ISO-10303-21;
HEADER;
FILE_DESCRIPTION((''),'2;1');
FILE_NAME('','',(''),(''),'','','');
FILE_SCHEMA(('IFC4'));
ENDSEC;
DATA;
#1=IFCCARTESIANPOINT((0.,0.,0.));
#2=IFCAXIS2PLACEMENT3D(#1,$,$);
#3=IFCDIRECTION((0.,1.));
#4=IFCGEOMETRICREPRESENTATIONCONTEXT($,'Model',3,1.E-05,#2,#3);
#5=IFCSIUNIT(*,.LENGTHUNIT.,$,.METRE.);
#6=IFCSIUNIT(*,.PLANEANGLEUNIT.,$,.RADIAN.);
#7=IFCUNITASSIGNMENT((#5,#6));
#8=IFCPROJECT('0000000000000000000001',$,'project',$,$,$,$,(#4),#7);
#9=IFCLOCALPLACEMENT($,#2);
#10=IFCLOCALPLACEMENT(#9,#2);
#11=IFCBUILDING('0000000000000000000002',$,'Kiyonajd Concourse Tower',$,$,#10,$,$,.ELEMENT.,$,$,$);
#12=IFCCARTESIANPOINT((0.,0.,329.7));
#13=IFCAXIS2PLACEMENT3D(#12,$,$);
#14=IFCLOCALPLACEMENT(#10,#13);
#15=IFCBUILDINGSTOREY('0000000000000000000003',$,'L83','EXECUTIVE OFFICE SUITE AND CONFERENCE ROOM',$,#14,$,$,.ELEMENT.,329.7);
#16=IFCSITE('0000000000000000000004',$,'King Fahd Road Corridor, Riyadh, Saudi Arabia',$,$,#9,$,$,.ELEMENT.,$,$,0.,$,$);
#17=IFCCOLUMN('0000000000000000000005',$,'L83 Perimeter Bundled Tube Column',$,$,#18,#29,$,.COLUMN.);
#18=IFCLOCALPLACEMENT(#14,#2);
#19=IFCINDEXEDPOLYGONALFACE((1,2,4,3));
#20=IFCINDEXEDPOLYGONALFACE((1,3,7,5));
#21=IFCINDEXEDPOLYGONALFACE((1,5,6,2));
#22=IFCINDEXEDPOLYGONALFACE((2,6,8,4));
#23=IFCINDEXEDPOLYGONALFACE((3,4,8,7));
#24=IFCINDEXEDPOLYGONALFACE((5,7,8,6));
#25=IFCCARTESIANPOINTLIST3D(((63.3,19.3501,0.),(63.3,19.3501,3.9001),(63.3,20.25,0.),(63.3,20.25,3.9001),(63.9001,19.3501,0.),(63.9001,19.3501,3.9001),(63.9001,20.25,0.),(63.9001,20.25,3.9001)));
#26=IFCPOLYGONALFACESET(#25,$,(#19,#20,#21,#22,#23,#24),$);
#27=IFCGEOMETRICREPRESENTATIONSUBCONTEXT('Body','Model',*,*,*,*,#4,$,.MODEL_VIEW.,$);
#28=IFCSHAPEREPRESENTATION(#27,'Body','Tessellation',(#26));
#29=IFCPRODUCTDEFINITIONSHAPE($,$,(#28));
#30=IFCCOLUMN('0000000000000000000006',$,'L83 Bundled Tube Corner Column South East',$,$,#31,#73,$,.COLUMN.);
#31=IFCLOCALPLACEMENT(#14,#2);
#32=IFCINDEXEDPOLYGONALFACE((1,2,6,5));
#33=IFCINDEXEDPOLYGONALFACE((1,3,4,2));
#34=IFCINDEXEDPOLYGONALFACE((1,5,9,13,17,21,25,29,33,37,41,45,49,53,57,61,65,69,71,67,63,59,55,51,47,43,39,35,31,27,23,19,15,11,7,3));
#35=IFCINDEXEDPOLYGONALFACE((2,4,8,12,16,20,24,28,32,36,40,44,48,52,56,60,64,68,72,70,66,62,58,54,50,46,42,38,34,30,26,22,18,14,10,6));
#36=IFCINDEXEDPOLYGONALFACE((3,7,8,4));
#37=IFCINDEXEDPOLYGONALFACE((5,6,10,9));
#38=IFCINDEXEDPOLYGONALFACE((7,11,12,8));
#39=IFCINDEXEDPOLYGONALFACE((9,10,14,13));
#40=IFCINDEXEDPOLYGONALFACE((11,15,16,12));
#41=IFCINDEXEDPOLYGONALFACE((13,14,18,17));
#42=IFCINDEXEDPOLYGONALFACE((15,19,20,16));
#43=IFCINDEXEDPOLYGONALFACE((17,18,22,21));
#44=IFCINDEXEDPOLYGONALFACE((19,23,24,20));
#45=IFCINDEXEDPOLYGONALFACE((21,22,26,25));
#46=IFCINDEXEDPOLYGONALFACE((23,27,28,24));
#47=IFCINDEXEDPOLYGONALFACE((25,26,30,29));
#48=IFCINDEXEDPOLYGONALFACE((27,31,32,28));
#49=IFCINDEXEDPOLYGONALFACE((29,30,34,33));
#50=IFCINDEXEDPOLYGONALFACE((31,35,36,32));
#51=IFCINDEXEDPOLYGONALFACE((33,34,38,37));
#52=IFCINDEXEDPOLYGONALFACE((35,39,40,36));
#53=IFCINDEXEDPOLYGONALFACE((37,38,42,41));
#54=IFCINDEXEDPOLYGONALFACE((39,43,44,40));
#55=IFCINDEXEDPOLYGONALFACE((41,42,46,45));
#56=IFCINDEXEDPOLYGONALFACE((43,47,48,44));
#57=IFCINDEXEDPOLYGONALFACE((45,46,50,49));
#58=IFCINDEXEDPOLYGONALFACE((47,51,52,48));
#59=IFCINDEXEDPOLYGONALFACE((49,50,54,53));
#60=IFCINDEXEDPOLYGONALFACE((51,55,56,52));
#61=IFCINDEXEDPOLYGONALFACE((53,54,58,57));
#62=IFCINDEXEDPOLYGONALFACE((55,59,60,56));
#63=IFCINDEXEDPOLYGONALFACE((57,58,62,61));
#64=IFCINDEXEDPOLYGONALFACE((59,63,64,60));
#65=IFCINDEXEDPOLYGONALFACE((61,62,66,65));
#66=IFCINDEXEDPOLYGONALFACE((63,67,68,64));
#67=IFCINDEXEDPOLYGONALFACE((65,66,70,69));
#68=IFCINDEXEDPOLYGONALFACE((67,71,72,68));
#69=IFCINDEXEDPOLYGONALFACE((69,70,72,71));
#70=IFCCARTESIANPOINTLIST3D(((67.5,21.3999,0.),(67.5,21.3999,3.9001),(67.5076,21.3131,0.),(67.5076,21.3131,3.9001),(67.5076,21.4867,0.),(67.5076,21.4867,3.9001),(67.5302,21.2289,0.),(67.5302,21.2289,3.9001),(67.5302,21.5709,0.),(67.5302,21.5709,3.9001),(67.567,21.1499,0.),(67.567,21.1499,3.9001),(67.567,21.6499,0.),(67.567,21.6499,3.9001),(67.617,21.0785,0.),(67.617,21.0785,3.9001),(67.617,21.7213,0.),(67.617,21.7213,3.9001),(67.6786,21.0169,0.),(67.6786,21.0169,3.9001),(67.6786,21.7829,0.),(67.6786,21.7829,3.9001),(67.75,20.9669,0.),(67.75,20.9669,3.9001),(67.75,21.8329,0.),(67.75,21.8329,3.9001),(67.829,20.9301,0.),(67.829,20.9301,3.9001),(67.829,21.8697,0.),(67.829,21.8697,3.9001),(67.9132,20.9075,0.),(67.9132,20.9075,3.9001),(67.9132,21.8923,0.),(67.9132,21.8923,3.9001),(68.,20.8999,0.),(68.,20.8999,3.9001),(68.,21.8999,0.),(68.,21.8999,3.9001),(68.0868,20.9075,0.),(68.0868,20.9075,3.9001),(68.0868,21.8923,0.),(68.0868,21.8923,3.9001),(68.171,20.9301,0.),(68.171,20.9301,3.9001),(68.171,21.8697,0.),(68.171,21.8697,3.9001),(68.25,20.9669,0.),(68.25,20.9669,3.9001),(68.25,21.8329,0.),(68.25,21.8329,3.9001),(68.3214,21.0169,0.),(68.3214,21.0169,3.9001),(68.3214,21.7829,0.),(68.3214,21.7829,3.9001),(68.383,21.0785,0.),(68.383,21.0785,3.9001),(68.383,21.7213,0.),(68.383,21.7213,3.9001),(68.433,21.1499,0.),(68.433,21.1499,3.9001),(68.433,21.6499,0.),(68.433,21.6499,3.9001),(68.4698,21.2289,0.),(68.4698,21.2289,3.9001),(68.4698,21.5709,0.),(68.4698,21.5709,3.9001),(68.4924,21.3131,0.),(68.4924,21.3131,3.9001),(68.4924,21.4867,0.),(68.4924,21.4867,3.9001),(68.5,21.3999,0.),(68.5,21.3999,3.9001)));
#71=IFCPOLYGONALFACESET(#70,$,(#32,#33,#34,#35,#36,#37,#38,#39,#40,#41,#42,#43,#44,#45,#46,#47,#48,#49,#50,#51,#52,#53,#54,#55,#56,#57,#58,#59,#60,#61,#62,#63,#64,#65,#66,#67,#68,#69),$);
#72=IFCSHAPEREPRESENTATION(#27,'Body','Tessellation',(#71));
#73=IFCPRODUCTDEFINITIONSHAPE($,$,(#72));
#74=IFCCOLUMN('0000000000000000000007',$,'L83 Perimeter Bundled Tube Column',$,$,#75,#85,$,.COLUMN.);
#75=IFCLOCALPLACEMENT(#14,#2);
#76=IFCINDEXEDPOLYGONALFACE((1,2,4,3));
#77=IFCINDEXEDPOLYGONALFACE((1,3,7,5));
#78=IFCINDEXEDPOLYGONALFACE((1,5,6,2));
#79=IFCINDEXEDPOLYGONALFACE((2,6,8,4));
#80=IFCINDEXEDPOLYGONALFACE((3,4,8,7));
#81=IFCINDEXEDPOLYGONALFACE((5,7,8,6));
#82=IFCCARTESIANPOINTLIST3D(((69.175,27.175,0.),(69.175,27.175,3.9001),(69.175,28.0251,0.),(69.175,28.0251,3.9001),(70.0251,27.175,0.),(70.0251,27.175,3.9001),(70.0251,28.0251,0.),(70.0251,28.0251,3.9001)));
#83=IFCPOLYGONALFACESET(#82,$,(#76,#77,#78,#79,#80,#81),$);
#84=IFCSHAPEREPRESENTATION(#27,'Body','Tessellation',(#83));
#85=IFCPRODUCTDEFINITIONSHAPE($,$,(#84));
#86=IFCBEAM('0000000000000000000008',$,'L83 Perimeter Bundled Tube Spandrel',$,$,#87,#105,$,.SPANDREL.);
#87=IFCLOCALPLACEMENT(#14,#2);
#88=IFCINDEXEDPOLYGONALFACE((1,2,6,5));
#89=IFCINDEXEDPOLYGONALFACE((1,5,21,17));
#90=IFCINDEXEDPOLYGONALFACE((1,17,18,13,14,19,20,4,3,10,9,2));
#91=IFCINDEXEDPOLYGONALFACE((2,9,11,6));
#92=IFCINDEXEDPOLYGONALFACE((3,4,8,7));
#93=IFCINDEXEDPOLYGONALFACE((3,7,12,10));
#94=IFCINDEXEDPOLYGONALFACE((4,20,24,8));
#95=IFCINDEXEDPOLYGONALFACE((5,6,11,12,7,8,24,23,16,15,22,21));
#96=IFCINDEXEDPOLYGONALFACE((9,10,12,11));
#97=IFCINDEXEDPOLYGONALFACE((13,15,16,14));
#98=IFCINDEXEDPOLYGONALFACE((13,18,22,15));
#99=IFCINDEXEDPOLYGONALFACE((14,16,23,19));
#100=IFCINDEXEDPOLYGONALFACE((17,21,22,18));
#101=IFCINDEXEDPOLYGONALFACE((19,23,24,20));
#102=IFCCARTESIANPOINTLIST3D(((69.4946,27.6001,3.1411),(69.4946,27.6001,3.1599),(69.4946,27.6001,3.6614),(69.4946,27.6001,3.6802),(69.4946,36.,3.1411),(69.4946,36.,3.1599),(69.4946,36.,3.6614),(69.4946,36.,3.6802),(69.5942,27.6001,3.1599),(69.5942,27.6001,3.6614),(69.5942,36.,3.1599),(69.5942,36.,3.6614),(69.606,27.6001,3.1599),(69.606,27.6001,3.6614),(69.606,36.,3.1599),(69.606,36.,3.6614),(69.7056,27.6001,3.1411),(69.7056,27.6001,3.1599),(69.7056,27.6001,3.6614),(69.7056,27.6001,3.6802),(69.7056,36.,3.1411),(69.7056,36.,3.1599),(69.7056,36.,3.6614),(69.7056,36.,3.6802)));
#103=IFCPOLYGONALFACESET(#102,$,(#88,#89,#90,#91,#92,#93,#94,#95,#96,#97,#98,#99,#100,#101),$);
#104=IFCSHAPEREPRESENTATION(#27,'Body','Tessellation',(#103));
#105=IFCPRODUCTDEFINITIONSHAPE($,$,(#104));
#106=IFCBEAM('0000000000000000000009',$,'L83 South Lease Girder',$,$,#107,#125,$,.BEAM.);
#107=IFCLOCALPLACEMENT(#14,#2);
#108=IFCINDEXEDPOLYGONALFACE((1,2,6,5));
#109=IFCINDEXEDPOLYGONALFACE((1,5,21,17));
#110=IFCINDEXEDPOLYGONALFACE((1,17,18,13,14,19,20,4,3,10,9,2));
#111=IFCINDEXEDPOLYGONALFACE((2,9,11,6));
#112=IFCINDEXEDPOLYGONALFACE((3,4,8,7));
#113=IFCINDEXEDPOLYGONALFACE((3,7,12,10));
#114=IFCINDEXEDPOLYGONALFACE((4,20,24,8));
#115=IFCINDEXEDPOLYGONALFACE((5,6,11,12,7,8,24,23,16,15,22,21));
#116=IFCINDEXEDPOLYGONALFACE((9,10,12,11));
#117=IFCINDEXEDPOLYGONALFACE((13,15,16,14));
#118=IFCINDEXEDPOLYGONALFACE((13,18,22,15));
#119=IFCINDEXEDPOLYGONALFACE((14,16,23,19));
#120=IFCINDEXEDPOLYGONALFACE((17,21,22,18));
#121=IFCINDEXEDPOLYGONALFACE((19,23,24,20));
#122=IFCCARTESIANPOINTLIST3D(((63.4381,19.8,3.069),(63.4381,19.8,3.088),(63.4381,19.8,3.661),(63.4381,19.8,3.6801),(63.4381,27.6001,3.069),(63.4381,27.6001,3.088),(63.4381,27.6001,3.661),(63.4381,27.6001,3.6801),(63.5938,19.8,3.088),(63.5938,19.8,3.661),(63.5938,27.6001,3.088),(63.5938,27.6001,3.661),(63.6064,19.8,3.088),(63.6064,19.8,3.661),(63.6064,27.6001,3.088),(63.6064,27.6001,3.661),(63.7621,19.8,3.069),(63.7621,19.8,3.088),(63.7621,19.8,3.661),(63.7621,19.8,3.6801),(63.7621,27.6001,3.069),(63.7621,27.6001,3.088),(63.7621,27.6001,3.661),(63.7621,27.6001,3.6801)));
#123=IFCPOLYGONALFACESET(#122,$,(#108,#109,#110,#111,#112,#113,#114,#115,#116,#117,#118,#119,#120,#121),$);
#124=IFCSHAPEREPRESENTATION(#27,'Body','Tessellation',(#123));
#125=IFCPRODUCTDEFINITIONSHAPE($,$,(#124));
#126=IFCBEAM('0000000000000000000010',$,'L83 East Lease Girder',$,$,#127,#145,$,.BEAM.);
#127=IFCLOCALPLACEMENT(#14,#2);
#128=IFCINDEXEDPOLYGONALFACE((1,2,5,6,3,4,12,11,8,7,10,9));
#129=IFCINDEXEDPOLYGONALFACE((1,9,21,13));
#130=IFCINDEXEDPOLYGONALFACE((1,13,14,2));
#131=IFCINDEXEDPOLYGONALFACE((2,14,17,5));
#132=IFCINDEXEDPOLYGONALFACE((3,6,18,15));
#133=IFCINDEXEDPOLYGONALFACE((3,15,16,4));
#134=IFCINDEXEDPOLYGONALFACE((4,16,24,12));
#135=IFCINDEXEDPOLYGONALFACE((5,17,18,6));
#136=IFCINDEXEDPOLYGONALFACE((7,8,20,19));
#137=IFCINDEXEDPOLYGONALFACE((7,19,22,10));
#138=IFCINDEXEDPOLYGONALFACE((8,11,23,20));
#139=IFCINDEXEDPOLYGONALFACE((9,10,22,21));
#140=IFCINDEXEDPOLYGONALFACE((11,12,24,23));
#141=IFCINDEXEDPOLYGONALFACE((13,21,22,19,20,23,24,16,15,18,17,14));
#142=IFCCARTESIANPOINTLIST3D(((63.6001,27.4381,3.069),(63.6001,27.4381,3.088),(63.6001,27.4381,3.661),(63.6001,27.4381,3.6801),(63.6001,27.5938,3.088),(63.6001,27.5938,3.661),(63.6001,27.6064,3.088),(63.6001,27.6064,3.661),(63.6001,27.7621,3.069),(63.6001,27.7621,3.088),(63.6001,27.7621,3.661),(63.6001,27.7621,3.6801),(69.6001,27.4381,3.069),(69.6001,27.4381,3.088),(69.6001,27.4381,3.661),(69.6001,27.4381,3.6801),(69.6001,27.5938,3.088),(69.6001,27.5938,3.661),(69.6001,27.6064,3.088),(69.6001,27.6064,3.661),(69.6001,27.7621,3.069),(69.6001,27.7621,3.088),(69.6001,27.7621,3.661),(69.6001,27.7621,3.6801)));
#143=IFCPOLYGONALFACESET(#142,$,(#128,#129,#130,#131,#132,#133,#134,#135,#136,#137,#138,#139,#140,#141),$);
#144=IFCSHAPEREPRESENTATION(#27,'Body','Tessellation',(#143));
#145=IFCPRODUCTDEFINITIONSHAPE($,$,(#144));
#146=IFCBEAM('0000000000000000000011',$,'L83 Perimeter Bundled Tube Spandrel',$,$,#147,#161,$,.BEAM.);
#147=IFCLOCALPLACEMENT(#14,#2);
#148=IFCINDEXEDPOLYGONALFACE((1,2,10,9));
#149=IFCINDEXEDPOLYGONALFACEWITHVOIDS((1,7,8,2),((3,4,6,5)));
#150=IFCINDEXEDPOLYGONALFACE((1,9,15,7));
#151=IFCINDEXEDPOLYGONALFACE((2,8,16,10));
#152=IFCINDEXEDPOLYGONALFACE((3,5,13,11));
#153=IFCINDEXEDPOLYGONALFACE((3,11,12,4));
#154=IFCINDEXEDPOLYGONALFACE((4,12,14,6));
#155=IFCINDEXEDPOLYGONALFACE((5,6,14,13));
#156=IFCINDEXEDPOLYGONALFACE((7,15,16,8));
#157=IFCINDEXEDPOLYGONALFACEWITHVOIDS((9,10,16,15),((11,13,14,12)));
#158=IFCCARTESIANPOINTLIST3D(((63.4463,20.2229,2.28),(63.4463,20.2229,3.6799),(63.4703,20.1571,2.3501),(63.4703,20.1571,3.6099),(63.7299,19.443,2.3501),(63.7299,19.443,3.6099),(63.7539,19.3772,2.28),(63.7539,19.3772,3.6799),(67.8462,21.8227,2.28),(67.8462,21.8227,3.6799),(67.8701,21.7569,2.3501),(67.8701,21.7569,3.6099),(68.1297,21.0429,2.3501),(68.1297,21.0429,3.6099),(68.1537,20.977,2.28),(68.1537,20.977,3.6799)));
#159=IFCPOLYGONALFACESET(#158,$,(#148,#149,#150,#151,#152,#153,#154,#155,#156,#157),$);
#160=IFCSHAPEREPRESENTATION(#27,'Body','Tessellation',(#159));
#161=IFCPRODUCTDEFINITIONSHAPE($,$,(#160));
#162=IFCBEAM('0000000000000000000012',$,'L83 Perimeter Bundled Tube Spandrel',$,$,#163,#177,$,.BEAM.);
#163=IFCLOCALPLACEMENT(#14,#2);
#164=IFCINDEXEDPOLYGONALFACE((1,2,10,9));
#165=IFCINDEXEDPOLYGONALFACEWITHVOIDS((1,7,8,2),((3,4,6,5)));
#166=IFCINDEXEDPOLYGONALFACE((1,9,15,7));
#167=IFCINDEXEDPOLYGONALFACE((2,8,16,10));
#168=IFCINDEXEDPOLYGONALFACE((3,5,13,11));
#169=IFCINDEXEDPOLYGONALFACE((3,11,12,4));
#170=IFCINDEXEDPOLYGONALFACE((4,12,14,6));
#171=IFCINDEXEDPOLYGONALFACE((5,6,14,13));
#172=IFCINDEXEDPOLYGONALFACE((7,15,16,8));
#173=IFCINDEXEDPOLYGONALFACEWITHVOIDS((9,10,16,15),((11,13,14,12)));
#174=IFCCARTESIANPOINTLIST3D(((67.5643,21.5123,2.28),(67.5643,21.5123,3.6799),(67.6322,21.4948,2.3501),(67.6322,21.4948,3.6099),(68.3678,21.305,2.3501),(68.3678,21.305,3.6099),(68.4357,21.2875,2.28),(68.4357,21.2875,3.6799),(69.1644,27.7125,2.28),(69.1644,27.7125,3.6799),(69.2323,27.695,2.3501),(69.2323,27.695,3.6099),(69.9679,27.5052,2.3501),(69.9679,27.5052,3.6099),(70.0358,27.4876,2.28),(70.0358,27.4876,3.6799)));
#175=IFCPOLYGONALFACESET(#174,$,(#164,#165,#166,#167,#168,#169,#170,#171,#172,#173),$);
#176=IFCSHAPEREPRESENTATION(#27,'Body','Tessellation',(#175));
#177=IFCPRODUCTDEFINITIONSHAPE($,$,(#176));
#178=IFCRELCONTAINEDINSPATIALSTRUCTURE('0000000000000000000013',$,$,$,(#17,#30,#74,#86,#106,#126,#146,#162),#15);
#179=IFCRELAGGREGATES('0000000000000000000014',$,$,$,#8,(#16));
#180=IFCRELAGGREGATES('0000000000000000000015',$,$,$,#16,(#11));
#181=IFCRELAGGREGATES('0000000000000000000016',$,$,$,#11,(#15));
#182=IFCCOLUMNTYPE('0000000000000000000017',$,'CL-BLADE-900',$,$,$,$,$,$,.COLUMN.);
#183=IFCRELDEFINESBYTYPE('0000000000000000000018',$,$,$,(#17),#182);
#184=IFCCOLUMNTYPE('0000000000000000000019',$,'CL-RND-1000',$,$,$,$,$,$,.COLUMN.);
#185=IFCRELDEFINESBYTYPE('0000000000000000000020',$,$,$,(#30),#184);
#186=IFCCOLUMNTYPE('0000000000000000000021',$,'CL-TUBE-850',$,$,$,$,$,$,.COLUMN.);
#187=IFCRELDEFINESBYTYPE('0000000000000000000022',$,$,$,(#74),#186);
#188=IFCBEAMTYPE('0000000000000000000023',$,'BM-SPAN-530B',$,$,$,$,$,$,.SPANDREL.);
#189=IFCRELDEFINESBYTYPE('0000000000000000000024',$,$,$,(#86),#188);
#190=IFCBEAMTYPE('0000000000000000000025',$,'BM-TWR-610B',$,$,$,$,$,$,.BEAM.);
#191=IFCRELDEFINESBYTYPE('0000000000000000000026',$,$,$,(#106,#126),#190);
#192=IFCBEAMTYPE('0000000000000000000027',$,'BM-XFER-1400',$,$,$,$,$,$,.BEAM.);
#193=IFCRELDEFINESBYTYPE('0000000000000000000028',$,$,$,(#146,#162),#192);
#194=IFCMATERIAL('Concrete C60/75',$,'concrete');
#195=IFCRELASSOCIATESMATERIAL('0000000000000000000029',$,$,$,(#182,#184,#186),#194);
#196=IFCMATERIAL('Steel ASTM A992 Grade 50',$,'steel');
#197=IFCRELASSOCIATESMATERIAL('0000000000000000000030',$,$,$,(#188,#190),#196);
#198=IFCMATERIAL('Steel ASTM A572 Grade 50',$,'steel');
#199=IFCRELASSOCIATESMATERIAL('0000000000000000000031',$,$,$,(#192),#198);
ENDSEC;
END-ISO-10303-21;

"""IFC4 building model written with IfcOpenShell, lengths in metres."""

from ifc_helpers import new_model, si_unit, direction, frame, origin, origin_2d, place, context, subcontext, project, spatial, rectangle, hollow_rectangle, circle, i_section, extrude, material, material_profile, profile_set, type_object, element, save


model = new_model("IFC4")

# Units and contexts
model_context = context("Model", 3, precision=1e-05, world=origin(), true_north=direction((0.0, 1.0)))
body_context = subcontext(model_context, "Body", "Model", "MODEL_VIEW")
ifc_project = project(units=[si_unit("LENGTHUNIT", "METRE"), si_unit("PLANEANGLEUNIT", "RADIAN")], contexts=[model_context])

# Site, building, storey
site_placement = place(None, origin())
site = spatial("IfcSite", under=ifc_project, at=site_placement, Name="King Fahd Road Corridor, Riyadh, Saudi Arabia", CompositionType="ELEMENT", RefElevation=0.0)
building_placement = place(site_placement, origin())
building = spatial("IfcBuilding", under=site, at=building_placement, Name="Kiyonajd Concourse Tower", CompositionType="ELEMENT")
storey_placement = place(building_placement, frame((0.0, 0.0, 329.7)))
storey = spatial("IfcBuildingStorey", under=building, at=storey_placement, Name="L83", Description="EXECUTIVE OFFICE SUITE AND CONFERENCE ROOM", CompositionType="ELEMENT", Elevation=329.7)

# Columns
ifc_material_1 = material(Name="Concrete C60/75", Category="concrete")
ifc_material_profile_1 = material_profile(ifc_material_1, rectangle(XDim=0.6001, YDim=0.8999, at=origin_2d()), Name="RC-900x600")
ifc_profile_set_1 = profile_set([ifc_material_profile_1], Name="Concrete C60/75")
column_type_1 = type_object("IfcColumnType", Name="CL-BLADE-900", PredefinedType="COLUMN", material=ifc_profile_set_1)
column_1_placement = place(storey_placement, frame((63.6001, 19.8, 0.0), z_axis=(0.0, 0.0, 1.0), x_axis=(1.0, 0.0, 0.0)))
element("IfcColumn", 1, at=column_1_placement, inside=storey, type_object=column_type_1, Name="L83 Perimeter Bundled Tube Column", PredefinedType="COLUMN", context=body_context, shape_type="SweptSolid", body=[
    extrude(rectangle(XDim=0.6001, YDim=0.8999, at=origin_2d()), origin(), (0.0, 0.0, 1.0), 3.9001),
])
ifc_material_profile_2 = material_profile(ifc_material_1, circle(Radius=0.5, at=origin_2d()), Name="RCC-D1000")
ifc_profile_set_2 = profile_set([ifc_material_profile_2], Name="Concrete C60/75")
column_type_2 = type_object("IfcColumnType", Name="CL-RND-1000", PredefinedType="COLUMN", material=ifc_profile_set_2)
column_2_placement = place(storey_placement, frame((68.0, 21.3999, 0.0), z_axis=(0.0, 0.0, 1.0), x_axis=(1.0, 0.0, 0.0)))
element("IfcColumn", 2, at=column_2_placement, inside=storey, type_object=column_type_2, Name="L83 Bundled Tube Corner Column South East", PredefinedType="COLUMN", context=body_context, shape_type="SweptSolid", body=[
    extrude(circle(Radius=0.5, at=origin_2d()), origin(), (0.0, 0.0, 1.0), 3.9001),
])
ifc_material_profile_3 = material_profile(ifc_material_1, rectangle(XDim=0.8501, YDim=0.8501, at=origin_2d()), Name="RC-850x850")
ifc_profile_set_3 = profile_set([ifc_material_profile_3], Name="Concrete C60/75")
column_type_3 = type_object("IfcColumnType", Name="CL-TUBE-850", PredefinedType="COLUMN", material=ifc_profile_set_3)
column_3_placement = place(storey_placement, frame((69.6001, 27.6001, 0.0), z_axis=(0.0, 0.0, 1.0), x_axis=(1.0, 0.0, 0.0)))
element("IfcColumn", 3, at=column_3_placement, inside=storey, type_object=column_type_3, Name="L83 Perimeter Bundled Tube Column", PredefinedType="COLUMN", context=body_context, shape_type="SweptSolid", body=[
    extrude(rectangle(XDim=0.8501, YDim=0.8501, at=origin_2d()), origin(), (0.0, 0.0, 1.0), 3.9001),
])

# Beams
ifc_material_2 = material(Name="Steel ASTM A992 Grade 50", Category="steel")
ifc_material_profile_4 = material_profile(ifc_material_2, i_section(OverallWidth=0.2109, OverallDepth=0.5391, WebThickness=0.0117, FlangeThickness=0.0188, at=origin_2d()), Name="W530X109")
ifc_profile_set_4 = profile_set([ifc_material_profile_4], Name="Steel ASTM A992 Grade 50")
beam_type_1 = type_object("IfcBeamType", Name="BM-SPAN-530B", PredefinedType="SPANDREL", material=ifc_profile_set_4)
beam_1_placement = place(storey_placement, frame((69.6001, 27.6001, 3.4106), z_axis=(0.0, 1.0, 0.0), x_axis=(-1.0, 0.0, 0.0)))
element("IfcBeam", 4, at=beam_1_placement, inside=storey, type_object=beam_type_1, Name="L83 Perimeter Bundled Tube Spandrel", PredefinedType="SPANDREL", context=body_context, shape_type="SweptSolid", body=[
    extrude(i_section(OverallWidth=0.2109, OverallDepth=0.5391, WebThickness=0.0117, FlangeThickness=0.0188, at=origin_2d()), origin(), (0.0, 0.0, 1.0), 8.3999),
])
ifc_material_profile_5 = material_profile(ifc_material_2, i_section(OverallWidth=0.324, OverallDepth=0.6111, WebThickness=0.0127, FlangeThickness=0.019, at=origin_2d()), Name="W610X155")
ifc_profile_set_5 = profile_set([ifc_material_profile_5], Name="Steel ASTM A992 Grade 50")
beam_type_2 = type_object("IfcBeamType", Name="BM-TWR-610B", PredefinedType="BEAM", material=ifc_profile_set_5)
beam_2_placement = place(storey_placement, frame((63.6001, 19.8, 3.3745), z_axis=(0.0, 1.0, 0.0), x_axis=(-1.0, 0.0, 0.0)))
element("IfcBeam", 5, at=beam_2_placement, inside=storey, type_object=beam_type_2, Name="L83 South Lease Girder", PredefinedType="BEAM", context=body_context, shape_type="SweptSolid", body=[
    extrude(i_section(OverallWidth=0.324, OverallDepth=0.6111, WebThickness=0.0127, FlangeThickness=0.019, at=origin_2d()), origin(), (0.0, 0.0, 1.0), 7.8),
])
beam_3_placement = place(storey_placement, frame((63.6001, 27.6001, 3.3745), z_axis=(1.0, 0.0, 0.0), x_axis=(0.0, 1.0, 0.0)))
element("IfcBeam", 6, at=beam_3_placement, inside=storey, type_object=beam_type_2, Name="L83 East Lease Girder", PredefinedType="BEAM", context=body_context, shape_type="SweptSolid", body=[
    extrude(i_section(OverallWidth=0.324, OverallDepth=0.6111, WebThickness=0.0127, FlangeThickness=0.019, at=origin_2d()), origin(), (0.0, 0.0, 1.0), 6.0),
])
ifc_material_3 = material(Name="Steel ASTM A572 Grade 50", Category="steel")
ifc_material_profile_6 = material_profile(ifc_material_3, hollow_rectangle(XDim=0.8999, YDim=1.3999, WallThickness=0.0701, at=origin_2d()), Name="BOX-1400x900x70")
ifc_profile_set_6 = profile_set([ifc_material_profile_6], Name="Steel ASTM A572 Grade 50")
beam_type_3 = type_object("IfcBeamType", Name="BM-XFER-1400", PredefinedType="BEAM", material=ifc_profile_set_6)
beam_4_placement = place(storey_placement, frame((63.6001, 19.8, 2.98), z_axis=(0.939801, 0.341722, 0.0), x_axis=(-0.341722, 0.939801, 0.0)))
element("IfcBeam", 7, at=beam_4_placement, inside=storey, type_object=beam_type_3, Name="L83 Perimeter Bundled Tube Spandrel", PredefinedType="BEAM", context=body_context, shape_type="SweptSolid", body=[
    extrude(hollow_rectangle(XDim=0.8999, YDim=1.3999, WallThickness=0.0701, at=origin_2d()), origin(), (0.0, 0.0, 1.0), 4.6816),
])
beam_5_placement = place(storey_placement, frame((68.0, 21.3999, 2.98), z_axis=(0.249885, 0.968276, 0.0), x_axis=(-0.968276, 0.249885, 0.0)))
element("IfcBeam", 8, at=beam_5_placement, inside=storey, type_object=beam_type_3, Name="L83 Perimeter Bundled Tube Spandrel", PredefinedType="BEAM", context=body_context, shape_type="SweptSolid", body=[
    extrude(hollow_rectangle(XDim=0.8999, YDim=1.3999, WallThickness=0.0701, at=origin_2d()), origin(), (0.0, 0.0, 1.0), 6.4033),
])

save(model, "model.ifc")
